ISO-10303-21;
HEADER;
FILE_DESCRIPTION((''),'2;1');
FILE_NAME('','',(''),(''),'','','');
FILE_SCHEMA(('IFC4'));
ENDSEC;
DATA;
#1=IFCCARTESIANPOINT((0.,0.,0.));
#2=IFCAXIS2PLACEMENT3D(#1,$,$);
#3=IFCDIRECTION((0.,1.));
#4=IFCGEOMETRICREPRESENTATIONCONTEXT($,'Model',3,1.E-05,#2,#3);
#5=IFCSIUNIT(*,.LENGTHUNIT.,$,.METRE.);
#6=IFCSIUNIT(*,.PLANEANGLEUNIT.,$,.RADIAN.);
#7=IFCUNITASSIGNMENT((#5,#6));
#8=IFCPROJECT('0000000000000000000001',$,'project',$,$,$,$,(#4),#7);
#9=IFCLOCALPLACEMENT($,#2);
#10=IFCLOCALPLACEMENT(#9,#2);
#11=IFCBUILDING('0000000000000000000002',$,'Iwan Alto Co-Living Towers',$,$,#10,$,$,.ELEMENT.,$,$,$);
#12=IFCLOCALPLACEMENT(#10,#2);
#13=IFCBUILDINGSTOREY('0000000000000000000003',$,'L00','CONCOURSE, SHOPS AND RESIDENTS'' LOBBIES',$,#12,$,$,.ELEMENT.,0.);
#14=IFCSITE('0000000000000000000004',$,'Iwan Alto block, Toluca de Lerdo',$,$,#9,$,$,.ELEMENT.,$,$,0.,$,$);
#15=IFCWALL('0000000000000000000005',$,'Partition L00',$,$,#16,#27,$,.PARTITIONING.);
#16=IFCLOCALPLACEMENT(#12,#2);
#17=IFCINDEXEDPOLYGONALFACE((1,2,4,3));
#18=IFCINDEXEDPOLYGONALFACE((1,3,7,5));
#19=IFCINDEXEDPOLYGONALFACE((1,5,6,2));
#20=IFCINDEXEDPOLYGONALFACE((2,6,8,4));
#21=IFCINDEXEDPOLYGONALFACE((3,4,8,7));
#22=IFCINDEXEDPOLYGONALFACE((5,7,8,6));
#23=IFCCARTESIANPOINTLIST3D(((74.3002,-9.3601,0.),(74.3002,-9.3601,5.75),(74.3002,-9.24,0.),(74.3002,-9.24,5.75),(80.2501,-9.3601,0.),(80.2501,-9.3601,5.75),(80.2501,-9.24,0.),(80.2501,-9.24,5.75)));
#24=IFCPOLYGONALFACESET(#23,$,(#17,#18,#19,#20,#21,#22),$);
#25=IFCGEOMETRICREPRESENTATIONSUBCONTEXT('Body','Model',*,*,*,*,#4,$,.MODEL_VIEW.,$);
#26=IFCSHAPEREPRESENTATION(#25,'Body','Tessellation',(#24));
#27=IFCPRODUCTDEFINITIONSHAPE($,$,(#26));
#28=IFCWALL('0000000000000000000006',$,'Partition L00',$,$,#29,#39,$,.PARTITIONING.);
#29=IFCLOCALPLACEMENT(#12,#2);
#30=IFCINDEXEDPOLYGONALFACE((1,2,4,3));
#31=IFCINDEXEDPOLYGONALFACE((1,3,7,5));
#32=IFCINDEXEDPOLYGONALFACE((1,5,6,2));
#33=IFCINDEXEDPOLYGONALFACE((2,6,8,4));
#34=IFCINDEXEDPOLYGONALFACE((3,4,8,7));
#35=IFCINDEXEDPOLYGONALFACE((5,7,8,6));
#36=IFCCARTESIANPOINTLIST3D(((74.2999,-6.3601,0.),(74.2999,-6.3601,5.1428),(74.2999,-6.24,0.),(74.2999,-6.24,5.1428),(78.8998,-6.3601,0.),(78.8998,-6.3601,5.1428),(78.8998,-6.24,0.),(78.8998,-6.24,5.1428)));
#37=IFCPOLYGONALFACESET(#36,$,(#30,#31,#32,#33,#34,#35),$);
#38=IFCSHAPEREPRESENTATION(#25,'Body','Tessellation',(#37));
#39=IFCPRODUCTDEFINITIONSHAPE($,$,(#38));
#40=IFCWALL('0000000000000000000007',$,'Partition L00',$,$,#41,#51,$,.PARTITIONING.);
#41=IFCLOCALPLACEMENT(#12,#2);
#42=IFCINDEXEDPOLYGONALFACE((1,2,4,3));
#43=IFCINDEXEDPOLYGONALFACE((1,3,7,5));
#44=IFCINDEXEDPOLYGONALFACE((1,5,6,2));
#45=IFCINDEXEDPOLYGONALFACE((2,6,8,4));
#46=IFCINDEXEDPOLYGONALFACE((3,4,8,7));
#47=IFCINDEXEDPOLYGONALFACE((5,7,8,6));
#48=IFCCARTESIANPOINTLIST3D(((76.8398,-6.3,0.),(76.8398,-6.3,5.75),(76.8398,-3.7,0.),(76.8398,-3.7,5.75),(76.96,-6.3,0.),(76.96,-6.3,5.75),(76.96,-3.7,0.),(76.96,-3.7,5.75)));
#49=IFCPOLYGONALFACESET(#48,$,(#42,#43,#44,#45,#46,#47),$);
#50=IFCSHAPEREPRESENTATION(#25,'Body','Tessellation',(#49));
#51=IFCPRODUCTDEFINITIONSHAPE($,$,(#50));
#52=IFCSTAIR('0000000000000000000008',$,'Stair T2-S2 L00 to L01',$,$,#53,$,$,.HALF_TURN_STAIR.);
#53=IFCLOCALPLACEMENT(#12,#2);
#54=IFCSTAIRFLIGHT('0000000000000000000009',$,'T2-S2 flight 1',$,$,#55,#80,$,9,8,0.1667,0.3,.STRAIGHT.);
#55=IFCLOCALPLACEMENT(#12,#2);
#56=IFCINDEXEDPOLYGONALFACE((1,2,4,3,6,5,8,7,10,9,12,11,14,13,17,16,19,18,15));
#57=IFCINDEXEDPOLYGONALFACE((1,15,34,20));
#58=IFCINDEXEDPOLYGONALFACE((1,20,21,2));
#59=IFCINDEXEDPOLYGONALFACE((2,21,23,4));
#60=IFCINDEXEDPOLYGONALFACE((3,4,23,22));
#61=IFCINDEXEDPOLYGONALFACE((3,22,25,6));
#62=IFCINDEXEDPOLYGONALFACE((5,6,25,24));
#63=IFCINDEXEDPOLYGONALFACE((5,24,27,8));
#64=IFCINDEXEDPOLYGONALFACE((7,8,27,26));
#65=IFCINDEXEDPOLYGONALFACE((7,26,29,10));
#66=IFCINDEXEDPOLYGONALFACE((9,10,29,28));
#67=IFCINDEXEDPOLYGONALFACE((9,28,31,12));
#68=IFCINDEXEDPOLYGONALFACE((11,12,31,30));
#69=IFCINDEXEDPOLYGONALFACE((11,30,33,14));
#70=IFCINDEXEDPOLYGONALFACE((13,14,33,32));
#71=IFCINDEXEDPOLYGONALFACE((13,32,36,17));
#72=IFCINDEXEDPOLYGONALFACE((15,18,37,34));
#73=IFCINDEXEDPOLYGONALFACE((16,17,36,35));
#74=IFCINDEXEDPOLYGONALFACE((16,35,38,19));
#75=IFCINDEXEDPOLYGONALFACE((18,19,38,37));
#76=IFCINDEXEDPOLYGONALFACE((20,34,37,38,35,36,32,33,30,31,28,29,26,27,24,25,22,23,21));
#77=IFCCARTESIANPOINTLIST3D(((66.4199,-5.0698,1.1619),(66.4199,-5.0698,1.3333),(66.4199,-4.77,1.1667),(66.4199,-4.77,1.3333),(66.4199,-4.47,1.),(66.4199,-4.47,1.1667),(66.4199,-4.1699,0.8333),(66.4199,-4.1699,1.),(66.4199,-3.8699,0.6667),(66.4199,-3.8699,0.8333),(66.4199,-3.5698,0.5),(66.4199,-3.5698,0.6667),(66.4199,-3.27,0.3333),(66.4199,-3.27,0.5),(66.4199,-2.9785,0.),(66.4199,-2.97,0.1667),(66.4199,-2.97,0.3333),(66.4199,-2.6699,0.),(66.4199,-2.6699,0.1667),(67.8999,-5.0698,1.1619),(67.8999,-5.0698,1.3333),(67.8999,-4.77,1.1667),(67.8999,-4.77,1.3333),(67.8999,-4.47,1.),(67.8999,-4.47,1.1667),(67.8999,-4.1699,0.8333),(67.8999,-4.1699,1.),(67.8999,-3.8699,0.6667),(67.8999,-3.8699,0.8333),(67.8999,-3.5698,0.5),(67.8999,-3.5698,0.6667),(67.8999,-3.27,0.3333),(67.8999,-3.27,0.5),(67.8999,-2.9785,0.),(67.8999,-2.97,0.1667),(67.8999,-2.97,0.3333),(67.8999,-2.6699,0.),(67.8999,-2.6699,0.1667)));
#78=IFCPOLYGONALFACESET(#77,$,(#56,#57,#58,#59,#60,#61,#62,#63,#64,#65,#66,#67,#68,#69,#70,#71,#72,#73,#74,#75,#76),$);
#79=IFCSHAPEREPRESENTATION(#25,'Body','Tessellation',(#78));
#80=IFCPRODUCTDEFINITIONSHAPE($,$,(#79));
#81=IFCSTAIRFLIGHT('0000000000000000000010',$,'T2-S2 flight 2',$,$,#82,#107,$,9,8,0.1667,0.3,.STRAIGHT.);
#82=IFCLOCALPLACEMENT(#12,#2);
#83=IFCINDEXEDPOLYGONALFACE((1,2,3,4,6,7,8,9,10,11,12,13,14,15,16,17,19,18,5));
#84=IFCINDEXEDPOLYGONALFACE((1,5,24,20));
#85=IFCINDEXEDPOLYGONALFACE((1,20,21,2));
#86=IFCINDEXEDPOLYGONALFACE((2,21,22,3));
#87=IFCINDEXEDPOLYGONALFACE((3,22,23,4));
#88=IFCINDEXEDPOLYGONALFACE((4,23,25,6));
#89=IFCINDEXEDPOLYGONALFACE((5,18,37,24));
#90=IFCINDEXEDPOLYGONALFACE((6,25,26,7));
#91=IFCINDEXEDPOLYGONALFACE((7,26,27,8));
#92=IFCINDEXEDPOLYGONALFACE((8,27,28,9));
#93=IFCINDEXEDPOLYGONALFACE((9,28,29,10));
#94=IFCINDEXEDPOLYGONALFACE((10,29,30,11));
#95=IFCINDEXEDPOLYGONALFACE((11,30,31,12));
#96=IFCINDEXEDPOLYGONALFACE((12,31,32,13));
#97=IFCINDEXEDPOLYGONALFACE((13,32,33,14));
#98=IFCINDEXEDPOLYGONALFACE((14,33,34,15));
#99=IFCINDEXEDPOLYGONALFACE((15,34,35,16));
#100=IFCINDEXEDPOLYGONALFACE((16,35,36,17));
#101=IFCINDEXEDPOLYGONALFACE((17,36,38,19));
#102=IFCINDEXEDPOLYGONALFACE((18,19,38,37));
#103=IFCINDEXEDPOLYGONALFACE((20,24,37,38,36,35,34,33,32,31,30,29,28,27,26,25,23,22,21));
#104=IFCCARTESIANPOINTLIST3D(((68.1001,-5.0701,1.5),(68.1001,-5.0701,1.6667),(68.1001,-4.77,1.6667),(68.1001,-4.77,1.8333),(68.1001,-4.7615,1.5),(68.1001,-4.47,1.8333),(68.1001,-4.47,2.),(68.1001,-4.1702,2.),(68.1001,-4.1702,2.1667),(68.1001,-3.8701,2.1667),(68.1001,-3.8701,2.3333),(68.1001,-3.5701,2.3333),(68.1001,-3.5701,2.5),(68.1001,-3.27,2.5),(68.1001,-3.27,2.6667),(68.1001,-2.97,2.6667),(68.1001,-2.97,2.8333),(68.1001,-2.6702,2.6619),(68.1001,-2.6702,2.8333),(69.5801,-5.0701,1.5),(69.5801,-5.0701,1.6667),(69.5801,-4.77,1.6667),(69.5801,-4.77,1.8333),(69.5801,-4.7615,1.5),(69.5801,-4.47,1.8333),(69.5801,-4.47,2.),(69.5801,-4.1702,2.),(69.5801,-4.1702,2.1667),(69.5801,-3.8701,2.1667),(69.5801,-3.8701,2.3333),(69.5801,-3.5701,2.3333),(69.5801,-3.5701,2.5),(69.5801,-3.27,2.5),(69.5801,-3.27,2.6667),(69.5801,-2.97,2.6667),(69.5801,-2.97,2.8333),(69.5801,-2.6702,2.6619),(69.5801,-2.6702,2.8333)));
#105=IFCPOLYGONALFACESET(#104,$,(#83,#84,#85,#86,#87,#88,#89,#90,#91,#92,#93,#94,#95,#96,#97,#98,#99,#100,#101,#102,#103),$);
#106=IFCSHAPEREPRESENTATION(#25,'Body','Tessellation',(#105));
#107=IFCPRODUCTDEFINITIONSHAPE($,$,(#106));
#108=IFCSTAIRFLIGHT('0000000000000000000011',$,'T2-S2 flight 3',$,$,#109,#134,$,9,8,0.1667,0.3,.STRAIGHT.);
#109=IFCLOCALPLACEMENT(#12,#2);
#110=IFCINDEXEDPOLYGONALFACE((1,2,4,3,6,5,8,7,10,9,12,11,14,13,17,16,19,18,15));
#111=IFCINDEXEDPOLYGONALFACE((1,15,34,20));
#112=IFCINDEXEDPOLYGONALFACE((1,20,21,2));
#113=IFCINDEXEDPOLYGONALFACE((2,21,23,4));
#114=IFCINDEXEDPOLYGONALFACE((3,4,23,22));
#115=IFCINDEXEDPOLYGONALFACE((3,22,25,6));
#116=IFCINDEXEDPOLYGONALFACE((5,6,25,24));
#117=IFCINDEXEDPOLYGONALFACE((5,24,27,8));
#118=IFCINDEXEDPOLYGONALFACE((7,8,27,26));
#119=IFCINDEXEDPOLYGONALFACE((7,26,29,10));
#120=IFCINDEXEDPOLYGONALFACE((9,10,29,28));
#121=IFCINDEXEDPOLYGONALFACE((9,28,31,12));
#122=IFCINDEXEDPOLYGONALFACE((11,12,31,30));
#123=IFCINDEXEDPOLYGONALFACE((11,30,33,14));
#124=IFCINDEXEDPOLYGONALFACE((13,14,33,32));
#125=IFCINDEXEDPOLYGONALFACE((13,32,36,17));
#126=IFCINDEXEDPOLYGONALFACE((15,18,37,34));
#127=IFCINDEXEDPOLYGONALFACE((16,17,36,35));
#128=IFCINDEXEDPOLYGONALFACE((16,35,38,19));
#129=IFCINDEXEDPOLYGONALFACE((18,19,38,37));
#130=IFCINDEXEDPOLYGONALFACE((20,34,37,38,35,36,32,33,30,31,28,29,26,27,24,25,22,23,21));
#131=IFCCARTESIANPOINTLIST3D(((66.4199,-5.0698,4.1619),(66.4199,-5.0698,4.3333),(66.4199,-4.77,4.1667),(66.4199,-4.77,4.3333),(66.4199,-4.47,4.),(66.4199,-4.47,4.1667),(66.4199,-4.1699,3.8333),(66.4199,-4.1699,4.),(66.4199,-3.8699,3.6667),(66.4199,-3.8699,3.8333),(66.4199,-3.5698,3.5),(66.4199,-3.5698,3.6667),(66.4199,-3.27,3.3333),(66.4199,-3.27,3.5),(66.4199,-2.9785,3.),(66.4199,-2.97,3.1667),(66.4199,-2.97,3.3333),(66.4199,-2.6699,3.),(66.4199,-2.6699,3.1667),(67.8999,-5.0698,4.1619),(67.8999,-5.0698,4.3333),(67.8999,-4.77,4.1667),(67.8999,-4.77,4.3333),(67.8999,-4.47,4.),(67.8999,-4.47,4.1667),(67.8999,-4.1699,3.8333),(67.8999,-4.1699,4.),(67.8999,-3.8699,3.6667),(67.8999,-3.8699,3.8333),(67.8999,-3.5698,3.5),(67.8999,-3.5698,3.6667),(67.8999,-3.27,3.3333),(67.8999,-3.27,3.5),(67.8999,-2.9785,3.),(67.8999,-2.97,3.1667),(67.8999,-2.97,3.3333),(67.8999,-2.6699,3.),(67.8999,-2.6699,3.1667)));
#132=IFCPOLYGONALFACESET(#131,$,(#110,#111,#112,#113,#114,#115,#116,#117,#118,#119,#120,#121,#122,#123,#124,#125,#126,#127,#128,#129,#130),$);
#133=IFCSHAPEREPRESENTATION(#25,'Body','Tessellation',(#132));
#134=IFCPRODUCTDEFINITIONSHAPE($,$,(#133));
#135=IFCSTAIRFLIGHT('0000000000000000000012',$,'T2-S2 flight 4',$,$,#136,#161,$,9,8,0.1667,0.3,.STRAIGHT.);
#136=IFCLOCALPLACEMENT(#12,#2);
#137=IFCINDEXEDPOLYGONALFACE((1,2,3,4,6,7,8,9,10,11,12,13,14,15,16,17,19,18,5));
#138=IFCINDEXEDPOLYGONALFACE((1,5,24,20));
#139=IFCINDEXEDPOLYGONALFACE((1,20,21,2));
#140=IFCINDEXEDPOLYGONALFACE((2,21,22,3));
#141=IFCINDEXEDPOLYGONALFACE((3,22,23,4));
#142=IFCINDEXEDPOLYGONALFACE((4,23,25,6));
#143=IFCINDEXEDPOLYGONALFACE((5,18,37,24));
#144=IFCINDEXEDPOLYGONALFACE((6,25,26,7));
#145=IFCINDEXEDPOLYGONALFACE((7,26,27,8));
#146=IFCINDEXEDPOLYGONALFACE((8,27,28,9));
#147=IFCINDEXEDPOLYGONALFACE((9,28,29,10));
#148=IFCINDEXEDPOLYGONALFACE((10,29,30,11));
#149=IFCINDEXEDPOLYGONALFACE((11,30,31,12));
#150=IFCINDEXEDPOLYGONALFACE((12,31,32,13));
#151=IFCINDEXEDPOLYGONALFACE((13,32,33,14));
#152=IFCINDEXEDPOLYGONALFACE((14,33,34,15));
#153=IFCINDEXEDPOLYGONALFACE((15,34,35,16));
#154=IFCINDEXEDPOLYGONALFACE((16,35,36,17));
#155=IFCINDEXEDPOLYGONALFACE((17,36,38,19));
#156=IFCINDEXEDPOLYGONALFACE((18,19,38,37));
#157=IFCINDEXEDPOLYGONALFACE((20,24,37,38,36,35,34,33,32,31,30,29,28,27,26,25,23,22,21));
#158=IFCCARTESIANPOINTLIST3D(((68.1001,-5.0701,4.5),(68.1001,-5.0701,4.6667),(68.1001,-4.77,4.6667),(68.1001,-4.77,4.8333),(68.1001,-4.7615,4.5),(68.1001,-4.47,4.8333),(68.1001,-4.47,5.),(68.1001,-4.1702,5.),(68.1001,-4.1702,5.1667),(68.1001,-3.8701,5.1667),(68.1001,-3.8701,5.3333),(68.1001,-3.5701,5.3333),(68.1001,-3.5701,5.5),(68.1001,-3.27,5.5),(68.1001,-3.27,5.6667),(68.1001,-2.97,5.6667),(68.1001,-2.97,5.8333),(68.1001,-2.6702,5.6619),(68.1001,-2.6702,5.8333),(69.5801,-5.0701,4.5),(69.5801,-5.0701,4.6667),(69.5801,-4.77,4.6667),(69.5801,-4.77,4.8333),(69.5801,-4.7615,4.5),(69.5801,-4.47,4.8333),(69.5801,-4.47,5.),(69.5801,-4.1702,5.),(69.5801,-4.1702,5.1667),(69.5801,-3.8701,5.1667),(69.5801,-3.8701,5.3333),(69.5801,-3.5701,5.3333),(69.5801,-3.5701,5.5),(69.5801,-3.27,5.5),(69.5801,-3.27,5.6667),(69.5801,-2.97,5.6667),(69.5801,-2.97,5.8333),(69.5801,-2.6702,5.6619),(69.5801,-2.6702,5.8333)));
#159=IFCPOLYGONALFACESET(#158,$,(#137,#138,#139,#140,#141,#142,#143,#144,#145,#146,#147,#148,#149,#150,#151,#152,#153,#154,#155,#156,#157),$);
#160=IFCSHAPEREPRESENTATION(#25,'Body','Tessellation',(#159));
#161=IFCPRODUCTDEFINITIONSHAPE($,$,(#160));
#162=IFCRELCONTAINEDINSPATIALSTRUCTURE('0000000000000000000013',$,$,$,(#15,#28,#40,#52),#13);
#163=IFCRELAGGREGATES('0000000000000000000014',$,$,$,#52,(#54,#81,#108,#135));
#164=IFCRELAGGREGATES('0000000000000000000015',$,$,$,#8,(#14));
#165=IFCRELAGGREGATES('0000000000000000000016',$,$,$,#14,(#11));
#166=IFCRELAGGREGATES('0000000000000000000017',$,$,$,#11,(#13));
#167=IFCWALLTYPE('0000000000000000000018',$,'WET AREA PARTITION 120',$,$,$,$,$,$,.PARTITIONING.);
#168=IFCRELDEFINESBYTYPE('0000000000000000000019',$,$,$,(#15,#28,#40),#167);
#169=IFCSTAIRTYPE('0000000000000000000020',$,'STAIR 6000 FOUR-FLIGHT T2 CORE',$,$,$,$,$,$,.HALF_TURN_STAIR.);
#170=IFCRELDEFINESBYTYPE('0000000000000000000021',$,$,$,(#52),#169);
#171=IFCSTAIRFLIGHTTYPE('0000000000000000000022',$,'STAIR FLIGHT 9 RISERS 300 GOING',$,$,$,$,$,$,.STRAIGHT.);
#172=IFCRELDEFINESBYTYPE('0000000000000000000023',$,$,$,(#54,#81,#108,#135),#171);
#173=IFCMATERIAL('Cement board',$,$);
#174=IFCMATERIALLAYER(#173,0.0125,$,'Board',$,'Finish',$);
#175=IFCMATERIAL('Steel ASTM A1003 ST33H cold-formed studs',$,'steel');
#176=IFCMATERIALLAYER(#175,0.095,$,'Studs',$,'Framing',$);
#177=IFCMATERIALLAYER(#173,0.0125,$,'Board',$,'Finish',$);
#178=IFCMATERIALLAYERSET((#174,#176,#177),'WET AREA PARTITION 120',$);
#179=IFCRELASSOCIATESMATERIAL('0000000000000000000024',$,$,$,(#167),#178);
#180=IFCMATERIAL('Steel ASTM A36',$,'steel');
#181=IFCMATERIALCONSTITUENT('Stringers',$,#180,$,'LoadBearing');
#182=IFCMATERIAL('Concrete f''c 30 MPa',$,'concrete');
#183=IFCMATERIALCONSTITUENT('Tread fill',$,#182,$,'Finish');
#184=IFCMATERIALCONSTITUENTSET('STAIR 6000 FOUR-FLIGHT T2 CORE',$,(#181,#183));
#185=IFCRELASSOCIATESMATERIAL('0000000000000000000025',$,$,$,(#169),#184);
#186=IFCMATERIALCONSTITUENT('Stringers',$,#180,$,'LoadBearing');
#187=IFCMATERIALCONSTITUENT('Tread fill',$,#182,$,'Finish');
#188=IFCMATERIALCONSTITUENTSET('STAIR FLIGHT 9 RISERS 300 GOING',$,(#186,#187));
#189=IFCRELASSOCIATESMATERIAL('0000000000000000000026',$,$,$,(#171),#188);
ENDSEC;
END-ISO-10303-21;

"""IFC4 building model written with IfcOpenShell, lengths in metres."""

from ifc_helpers import new_model, si_unit, direction, frame, frame_2d, origin, place, context, subcontext, project, spatial, polyline, rectangle, outline, extrude, material, layer, layer_set, constituent, constituent_set, type_object, element, aggregate, save


model = new_model("IFC4")

# Units and contexts
model_context = context("Model", 3, precision=1e-05, world=origin(), true_north=direction((0.0, 1.0)))
body_context = subcontext(model_context, "Body", "Model", "MODEL_VIEW")
ifc_project = project(units=[si_unit("LENGTHUNIT", "METRE"), si_unit("PLANEANGLEUNIT", "RADIAN")], contexts=[model_context])

# Site, building, storey
site_placement = place(None, origin())
site = spatial("IfcSite", under=ifc_project, at=site_placement, Name="Iwan Alto block, Toluca de Lerdo", CompositionType="ELEMENT", RefElevation=0.0)
building_placement = place(site_placement, origin())
building = spatial("IfcBuilding", under=site, at=building_placement, Name="Iwan Alto Co-Living Towers", CompositionType="ELEMENT")
storey_placement = place(building_placement, origin())
storey = spatial("IfcBuildingStorey", under=building, at=storey_placement, Name="L00", Description="CONCOURSE, SHOPS AND RESIDENTS' LOBBIES", CompositionType="ELEMENT", Elevation=0.0)

# Walls
ifc_material_1 = material(Name="Cement board")
ifc_layer_1 = layer(ifc_material_1, 0.0125, Name="Board", Category="Finish")
ifc_material_2 = material(Name="Steel ASTM A1003 ST33H cold-formed studs", Category="steel")
ifc_layer_2 = layer(ifc_material_2, 0.095, Name="Studs", Category="Framing")
ifc_layer_3 = layer(ifc_material_1, 0.0125, Name="Board", Category="Finish")
ifc_layer_set_1 = layer_set([ifc_layer_1, ifc_layer_2, ifc_layer_3], Name="WET AREA PARTITION 120")
wall_type_1 = type_object("IfcWallType", Name="WET AREA PARTITION 120", PredefinedType="PARTITIONING", material=ifc_layer_set_1)
wall_1_placement = place(storey_placement, frame((74.3, -9.3, 0.0), z_axis=(0.0, 0.0, 1.0), x_axis=(1.0, 0.0, 0.0)))
element("IfcWall", 1, at=wall_1_placement, inside=storey, type_object=wall_type_1, Name="Partition L00", PredefinedType="PARTITIONING", context=body_context, shape_type="SweptSolid", body=[
    extrude(rectangle(XDim=5.95, YDim=0.1201, at=frame_2d((2.9751, 0.0))), origin(), (0.0, 0.0, 1.0), 5.75),
])
wall_2_placement = place(storey_placement, frame((74.3, -6.3, 0.0), z_axis=(0.0, 0.0, 1.0), x_axis=(1.0, 0.0, 0.0)))
element("IfcWall", 2, at=wall_2_placement, inside=storey, type_object=wall_type_1, Name="Partition L00", PredefinedType="PARTITIONING", context=body_context, shape_type="SweptSolid", body=[
    extrude(rectangle(XDim=4.5999, YDim=0.1201, at=frame_2d((2.2998, 0.0))), origin(), (0.0, 0.0, 1.0), 5.1428),
])
wall_3_placement = place(storey_placement, frame((76.8999, -6.3, 0.0), z_axis=(0.0, 0.0, 1.0), x_axis=(0.0, 1.0, 0.0)))
element("IfcWall", 3, at=wall_3_placement, inside=storey, type_object=wall_type_1, Name="Partition L00", PredefinedType="PARTITIONING", context=body_context, shape_type="SweptSolid", body=[
    extrude(rectangle(XDim=2.6001, YDim=0.1201, at=frame_2d((1.3, 0.0))), origin(), (0.0, 0.0, 1.0), 5.75),
])

# Stair, stair flights
ifc_material_3 = material(Name="Steel ASTM A36", Category="steel")
ifc_constituent_1 = constituent(ifc_material_3, Name="Stringers", Category="LoadBearing")
ifc_material_4 = material(Name="Concrete f'c 30 MPa", Category="concrete")
ifc_constituent_2 = constituent(ifc_material_4, Name="Tread fill", Category="Finish")
ifc_constituent_set_1 = constituent_set(constituents=[ifc_constituent_1, ifc_constituent_2], Name="STAIR 6000 FOUR-FLIGHT T2 CORE")
stair_type = type_object("IfcStairType", Name="STAIR 6000 FOUR-FLIGHT T2 CORE", PredefinedType="HALF_TURN_STAIR", material=ifc_constituent_set_1)
stair_placement = place(storey_placement, origin())
stair = element("IfcStair", 4, at=stair_placement, inside=storey, type_object=stair_type, Name="Stair T2-S2 L00 to L01", PredefinedType="HALF_TURN_STAIR")
ifc_constituent_3 = constituent(ifc_material_3, Name="Stringers", Category="LoadBearing")
ifc_constituent_4 = constituent(ifc_material_4, Name="Tread fill", Category="Finish")
ifc_constituent_set_2 = constituent_set(constituents=[ifc_constituent_3, ifc_constituent_4], Name="STAIR FLIGHT 9 RISERS 300 GOING")
stair_flight_type = type_object("IfcStairFlightType", Name="STAIR FLIGHT 9 RISERS 300 GOING", PredefinedType="STRAIGHT", material=ifc_constituent_set_2)
stair_flight_1_placement = place(storey_placement, frame((67.1599, -2.6699, 0.0), z_axis=(0.0, 0.0, 1.0), x_axis=(0.0, -1.0, 0.0)))
stair_flight_1 = element("IfcStairFlight", 5, at=stair_flight_1_placement, type_object=stair_flight_type, Name="T2-S2 flight 1", NumberOfRisers=9, NumberOfTreads=8, PredefinedType="STRAIGHT", RiserHeight=0.1667, TreadLength=0.3, context=body_context, shape_type="SweptSolid", body=[
    extrude(outline(polyline([(0.0, 0.0), (0.0, 0.1667), (0.3, 0.1667), (0.3, 0.3333), (0.6001, 0.3333), (0.6001, 0.5), (0.8999, 0.5), (0.8999, 0.6667), (1.2, 0.6667), (1.2, 0.8333), (1.5, 0.8333), (1.5, 1.0), (1.8, 1.0), (1.8, 1.1667), (2.1001, 1.1667), (2.1001, 1.3333), (2.3999, 1.3333), (2.3999, 1.5), (2.3999, 1.1619), (0.3086, 0.0), (0.0, 0.0)])), frame((0.0, 0.74, 0.0), z_axis=(0.0, -1.0, 0.0), x_axis=(1.0, 0.0, 0.0)), (0.0, 0.0, 1.0), 1.48),
])
stair_flight_2_placement = place(storey_placement, frame((68.8401, -5.0701, 1.5), z_axis=(0.0, 0.0, 1.0), x_axis=(0.0, 1.0, 0.0)))
stair_flight_2 = element("IfcStairFlight", 6, at=stair_flight_2_placement, type_object=stair_flight_type, Name="T2-S2 flight 2", NumberOfRisers=9, NumberOfTreads=8, PredefinedType="STRAIGHT", RiserHeight=0.1667, TreadLength=0.3, context=body_context, shape_type="SweptSolid", body=[
    extrude(outline(polyline([(0.0, 0.0), (0.0, 0.1667), (0.3, 0.1667), (0.3, 0.3333), (0.6001, 0.3333), (0.6001, 0.5), (0.8999, 0.5), (0.8999, 0.6667), (1.2, 0.6667), (1.2, 0.8333), (1.5, 0.8333), (1.5, 1.0), (1.8, 1.0), (1.8, 1.1667), (2.1001, 1.1667), (2.1001, 1.3333), (2.3999, 1.3333), (2.3999, 1.5), (2.3999, 1.1619), (0.3086, 0.0), (0.0, 0.0)])), frame((0.0, 0.74, 0.0), z_axis=(0.0, -1.0, 0.0), x_axis=(1.0, 0.0, 0.0)), (0.0, 0.0, 1.0), 1.48),
])
stair_flight_3_placement = place(storey_placement, frame((67.1599, -2.6699, 3.0), z_axis=(0.0, 0.0, 1.0), x_axis=(0.0, -1.0, 0.0)))
stair_flight_3 = element("IfcStairFlight", 7, at=stair_flight_3_placement, type_object=stair_flight_type, Name="T2-S2 flight 3", NumberOfRisers=9, NumberOfTreads=8, PredefinedType="STRAIGHT", RiserHeight=0.1667, TreadLength=0.3, context=body_context, shape_type="SweptSolid", body=[
    extrude(outline(polyline([(0.0, 0.0), (0.0, 0.1667), (0.3, 0.1667), (0.3, 0.3333), (0.6001, 0.3333), (0.6001, 0.5), (0.8999, 0.5), (0.8999, 0.6667), (1.2, 0.6667), (1.2, 0.8333), (1.5, 0.8333), (1.5, 1.0), (1.8, 1.0), (1.8, 1.1667), (2.1001, 1.1667), (2.1001, 1.3333), (2.3999, 1.3333), (2.3999, 1.5), (2.3999, 1.1619), (0.3086, 0.0), (0.0, 0.0)])), frame((0.0, 0.74, 0.0), z_axis=(0.0, -1.0, 0.0), x_axis=(1.0, 0.0, 0.0)), (0.0, 0.0, 1.0), 1.48),
])
stair_flight_4_placement = place(storey_placement, frame((68.8401, -5.0701, 4.5), z_axis=(0.0, 0.0, 1.0), x_axis=(0.0, 1.0, 0.0)))
stair_flight_4 = element("IfcStairFlight", 8, at=stair_flight_4_placement, type_object=stair_flight_type, Name="T2-S2 flight 4", NumberOfRisers=9, NumberOfTreads=8, PredefinedType="STRAIGHT", RiserHeight=0.1667, TreadLength=0.3, context=body_context, shape_type="SweptSolid", body=[
    extrude(outline(polyline([(0.0, 0.0), (0.0, 0.1667), (0.3, 0.1667), (0.3, 0.3333), (0.6001, 0.3333), (0.6001, 0.5), (0.8999, 0.5), (0.8999, 0.6667), (1.2, 0.6667), (1.2, 0.8333), (1.5, 0.8333), (1.5, 1.0), (1.8, 1.0), (1.8, 1.1667), (2.1001, 1.1667), (2.1001, 1.3333), (2.3999, 1.3333), (2.3999, 1.5), (2.3999, 1.1619), (0.3086, 0.0), (0.0, 0.0)])), frame((0.0, 0.74, 0.0), z_axis=(0.0, -1.0, 0.0), x_axis=(1.0, 0.0, 0.0)), (0.0, 0.0, 1.0), 1.48),
])
aggregate(stair, [stair_flight_1, stair_flight_2, stair_flight_3, stair_flight_4])

save(model, "model.ifc")
